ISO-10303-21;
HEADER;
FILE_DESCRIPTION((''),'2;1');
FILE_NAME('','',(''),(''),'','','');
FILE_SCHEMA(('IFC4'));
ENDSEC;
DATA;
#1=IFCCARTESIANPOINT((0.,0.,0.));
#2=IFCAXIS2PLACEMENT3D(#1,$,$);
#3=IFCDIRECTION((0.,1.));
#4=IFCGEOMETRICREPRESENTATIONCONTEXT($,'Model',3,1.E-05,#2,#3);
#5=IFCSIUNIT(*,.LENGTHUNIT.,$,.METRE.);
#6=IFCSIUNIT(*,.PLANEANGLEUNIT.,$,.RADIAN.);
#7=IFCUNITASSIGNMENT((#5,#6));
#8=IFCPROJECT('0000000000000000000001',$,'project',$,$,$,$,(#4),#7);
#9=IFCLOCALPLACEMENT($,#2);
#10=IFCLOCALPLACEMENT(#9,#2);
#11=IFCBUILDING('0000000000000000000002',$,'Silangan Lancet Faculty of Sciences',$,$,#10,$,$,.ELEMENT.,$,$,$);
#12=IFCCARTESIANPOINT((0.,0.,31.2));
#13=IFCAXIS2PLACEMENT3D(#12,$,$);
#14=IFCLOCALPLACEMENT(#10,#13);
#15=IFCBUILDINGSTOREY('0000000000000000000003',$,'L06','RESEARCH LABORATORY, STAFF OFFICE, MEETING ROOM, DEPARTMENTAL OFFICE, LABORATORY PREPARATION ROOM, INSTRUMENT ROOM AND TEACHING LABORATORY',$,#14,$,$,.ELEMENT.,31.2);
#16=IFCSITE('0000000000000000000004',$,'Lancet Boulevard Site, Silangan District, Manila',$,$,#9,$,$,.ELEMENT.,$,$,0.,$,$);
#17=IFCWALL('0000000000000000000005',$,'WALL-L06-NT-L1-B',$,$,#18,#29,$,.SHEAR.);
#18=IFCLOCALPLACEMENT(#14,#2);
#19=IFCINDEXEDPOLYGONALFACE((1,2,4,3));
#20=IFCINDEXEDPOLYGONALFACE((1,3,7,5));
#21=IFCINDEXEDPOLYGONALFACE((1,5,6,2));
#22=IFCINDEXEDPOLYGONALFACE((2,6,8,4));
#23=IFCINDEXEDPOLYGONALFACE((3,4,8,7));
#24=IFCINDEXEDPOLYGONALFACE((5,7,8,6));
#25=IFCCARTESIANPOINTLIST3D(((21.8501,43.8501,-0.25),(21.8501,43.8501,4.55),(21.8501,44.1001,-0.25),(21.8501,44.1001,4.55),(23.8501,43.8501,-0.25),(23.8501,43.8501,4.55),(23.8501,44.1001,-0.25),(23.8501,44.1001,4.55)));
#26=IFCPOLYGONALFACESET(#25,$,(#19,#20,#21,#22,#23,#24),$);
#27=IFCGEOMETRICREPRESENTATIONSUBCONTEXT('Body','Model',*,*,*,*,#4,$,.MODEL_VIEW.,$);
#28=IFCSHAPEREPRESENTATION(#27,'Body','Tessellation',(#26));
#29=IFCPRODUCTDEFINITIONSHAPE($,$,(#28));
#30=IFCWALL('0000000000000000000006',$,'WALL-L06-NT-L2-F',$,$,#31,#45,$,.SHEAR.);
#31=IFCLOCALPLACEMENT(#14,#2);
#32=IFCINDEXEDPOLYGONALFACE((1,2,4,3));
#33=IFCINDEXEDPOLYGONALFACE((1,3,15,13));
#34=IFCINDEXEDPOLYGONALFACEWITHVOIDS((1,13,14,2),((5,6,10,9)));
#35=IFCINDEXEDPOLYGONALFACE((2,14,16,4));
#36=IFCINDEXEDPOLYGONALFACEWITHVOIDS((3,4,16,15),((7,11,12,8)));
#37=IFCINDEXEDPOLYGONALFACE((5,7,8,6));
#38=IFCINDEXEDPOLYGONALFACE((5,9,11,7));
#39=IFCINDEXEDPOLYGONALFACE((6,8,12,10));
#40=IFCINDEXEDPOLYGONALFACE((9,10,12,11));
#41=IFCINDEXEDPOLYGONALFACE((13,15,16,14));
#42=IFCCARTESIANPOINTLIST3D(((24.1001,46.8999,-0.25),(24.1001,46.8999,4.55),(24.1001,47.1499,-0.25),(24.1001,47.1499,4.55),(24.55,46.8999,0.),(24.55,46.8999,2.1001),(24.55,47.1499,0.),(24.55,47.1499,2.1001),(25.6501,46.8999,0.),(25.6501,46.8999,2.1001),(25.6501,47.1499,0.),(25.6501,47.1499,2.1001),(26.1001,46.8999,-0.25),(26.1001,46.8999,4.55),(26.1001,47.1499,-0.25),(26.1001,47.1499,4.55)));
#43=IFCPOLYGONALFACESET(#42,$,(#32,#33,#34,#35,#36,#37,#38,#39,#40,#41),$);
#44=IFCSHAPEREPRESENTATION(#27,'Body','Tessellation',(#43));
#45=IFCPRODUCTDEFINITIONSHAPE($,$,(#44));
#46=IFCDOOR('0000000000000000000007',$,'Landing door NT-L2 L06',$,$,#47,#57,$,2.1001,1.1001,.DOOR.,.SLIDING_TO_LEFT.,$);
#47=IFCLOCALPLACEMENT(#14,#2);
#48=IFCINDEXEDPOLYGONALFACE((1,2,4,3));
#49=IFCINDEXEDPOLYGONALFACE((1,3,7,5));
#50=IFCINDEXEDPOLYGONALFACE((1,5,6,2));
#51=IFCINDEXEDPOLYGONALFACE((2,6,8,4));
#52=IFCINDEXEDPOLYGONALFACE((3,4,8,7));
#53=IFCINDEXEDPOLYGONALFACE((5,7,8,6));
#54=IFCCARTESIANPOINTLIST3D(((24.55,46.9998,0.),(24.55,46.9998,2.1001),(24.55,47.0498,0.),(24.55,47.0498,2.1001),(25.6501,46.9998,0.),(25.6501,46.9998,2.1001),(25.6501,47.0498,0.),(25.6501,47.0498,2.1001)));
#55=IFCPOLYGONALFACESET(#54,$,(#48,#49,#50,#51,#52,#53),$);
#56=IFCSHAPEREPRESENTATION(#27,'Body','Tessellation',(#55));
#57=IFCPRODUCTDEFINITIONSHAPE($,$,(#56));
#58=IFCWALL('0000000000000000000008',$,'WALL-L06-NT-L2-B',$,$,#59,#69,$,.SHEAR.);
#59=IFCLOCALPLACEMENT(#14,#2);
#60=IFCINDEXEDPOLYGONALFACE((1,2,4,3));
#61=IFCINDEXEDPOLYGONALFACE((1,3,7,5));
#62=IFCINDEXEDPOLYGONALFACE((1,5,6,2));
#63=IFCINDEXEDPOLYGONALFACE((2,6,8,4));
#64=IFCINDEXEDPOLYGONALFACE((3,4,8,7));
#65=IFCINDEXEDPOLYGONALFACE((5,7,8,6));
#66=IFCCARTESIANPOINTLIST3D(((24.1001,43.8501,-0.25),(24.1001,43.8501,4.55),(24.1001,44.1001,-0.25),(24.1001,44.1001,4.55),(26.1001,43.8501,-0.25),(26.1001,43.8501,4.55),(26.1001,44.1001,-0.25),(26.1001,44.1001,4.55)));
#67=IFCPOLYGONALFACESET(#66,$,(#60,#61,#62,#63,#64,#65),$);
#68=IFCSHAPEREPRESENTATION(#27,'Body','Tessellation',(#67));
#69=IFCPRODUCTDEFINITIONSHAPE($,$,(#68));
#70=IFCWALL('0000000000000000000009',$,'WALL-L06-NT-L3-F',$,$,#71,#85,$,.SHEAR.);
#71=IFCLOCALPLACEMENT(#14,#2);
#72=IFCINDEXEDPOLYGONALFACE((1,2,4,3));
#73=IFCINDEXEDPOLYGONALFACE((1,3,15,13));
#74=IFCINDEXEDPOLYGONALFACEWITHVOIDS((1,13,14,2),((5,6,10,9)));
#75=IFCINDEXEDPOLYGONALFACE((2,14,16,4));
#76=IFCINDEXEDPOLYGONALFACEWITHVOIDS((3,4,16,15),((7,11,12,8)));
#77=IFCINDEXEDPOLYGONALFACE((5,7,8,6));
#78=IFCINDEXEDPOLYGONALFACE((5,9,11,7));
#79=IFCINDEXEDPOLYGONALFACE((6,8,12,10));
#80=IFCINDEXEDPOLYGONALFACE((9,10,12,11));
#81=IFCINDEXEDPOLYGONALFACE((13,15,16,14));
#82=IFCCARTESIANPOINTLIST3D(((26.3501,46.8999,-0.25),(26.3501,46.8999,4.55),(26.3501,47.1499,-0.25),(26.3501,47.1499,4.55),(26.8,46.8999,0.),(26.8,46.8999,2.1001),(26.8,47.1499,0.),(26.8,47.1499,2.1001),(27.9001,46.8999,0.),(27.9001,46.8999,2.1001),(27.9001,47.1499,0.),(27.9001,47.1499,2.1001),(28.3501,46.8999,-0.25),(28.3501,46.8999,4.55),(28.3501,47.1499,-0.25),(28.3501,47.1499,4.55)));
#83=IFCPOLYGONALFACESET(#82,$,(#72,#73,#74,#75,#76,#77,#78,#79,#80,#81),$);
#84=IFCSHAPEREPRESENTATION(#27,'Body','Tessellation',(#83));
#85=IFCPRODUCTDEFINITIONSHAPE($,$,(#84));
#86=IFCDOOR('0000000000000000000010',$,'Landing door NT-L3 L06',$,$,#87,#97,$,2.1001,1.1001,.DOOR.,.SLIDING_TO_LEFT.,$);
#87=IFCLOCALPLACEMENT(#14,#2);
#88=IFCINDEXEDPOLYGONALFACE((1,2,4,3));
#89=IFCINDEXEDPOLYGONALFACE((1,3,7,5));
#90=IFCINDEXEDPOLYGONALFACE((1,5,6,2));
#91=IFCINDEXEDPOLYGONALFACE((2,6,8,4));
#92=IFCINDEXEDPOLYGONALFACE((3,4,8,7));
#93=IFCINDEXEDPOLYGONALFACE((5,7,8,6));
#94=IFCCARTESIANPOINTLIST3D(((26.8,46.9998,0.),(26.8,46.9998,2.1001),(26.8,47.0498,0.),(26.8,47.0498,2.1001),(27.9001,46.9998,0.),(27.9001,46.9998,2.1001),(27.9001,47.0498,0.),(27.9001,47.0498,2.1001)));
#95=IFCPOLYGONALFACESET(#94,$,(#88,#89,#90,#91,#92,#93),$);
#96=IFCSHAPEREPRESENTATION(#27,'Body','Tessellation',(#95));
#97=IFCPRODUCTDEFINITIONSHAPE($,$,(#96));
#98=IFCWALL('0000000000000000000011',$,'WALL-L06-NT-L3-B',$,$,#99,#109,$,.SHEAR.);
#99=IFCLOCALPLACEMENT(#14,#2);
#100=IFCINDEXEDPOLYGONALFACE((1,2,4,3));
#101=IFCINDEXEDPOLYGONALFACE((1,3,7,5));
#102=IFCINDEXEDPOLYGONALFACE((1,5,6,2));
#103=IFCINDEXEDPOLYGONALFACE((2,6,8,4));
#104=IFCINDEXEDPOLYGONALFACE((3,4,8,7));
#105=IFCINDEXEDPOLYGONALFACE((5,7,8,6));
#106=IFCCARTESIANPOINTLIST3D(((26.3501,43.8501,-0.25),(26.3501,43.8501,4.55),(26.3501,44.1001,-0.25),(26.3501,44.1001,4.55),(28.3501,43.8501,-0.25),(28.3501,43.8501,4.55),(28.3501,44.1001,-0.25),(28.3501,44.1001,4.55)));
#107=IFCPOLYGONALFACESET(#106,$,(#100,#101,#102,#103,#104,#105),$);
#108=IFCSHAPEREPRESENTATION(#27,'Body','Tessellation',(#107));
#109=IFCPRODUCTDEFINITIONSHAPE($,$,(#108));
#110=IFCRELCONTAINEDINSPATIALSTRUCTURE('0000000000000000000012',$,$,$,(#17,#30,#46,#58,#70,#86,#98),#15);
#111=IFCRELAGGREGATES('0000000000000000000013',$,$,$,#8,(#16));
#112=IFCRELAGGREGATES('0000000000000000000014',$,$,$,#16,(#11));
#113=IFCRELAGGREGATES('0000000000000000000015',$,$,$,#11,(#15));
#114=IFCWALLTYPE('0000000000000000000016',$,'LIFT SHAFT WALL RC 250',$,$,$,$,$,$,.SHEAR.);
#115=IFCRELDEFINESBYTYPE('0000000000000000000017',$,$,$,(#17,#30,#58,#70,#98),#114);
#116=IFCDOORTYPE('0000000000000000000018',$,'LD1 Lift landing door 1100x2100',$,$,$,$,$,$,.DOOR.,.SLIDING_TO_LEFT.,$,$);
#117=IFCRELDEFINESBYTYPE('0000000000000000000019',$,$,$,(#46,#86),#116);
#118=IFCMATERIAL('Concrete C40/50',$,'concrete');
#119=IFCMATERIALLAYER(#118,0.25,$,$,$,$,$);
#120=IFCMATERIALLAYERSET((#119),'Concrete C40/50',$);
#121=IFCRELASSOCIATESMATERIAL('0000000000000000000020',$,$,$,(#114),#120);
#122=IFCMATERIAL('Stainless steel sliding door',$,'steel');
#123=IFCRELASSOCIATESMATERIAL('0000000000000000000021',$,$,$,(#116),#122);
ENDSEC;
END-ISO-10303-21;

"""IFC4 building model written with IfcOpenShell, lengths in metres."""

from ifc_helpers import new_model, si_unit, direction, frame, frame_2d, origin, place, context, subcontext, project, spatial, rectangle, extrude, material, layer, layer_set, type_object, element, fill, save


model = new_model("IFC4")

# Units and contexts
model_context = context("Model", 3, precision=1e-05, world=origin(), true_north=direction((0.0, 1.0)))
body_context = subcontext(model_context, "Body", "Model", "MODEL_VIEW")
ifc_project = project(units=[si_unit("LENGTHUNIT", "METRE"), si_unit("PLANEANGLEUNIT", "RADIAN")], contexts=[model_context])

# Site, building, storey
site_placement = place(None, origin())
site = spatial("IfcSite", under=ifc_project, at=site_placement, Name="Lancet Boulevard Site, Silangan District, Manila", CompositionType="ELEMENT", RefElevation=0.0)
building_placement = place(site_placement, origin())
building = spatial("IfcBuilding", under=site, at=building_placement, Name="Silangan Lancet Faculty of Sciences", CompositionType="ELEMENT")
storey_placement = place(building_placement, frame((0.0, 0.0, 31.2)))
storey = spatial("IfcBuildingStorey", under=building, at=storey_placement, Name="L06", Description="RESEARCH LABORATORY, STAFF OFFICE, MEETING ROOM, DEPARTMENTAL OFFICE, LABORATORY PREPARATION ROOM, INSTRUMENT ROOM AND TEACHING LABORATORY", CompositionType="ELEMENT", Elevation=31.2)

# Shared definitions
ifc_material_1 = material(Name="Concrete C40/50", Category="concrete")
ifc_layer_1 = layer(ifc_material_1, 0.25)
ifc_layer_set_1 = layer_set([ifc_layer_1], Name="Concrete C40/50")
wall_type_1 = type_object("IfcWallType", Name="LIFT SHAFT WALL RC 250", PredefinedType="SHEAR", material=ifc_layer_set_1)

# Shared definitions
ifc_material_2 = material(Name="Stainless steel sliding door", Category="steel")
door_type_1 = type_object("IfcDoorType", Name="LD1 Lift landing door 1100x2100", OperationType="SLIDING_TO_LEFT", PredefinedType="DOOR", material=ifc_material_2)

# Wall
wall_1_placement = place(storey_placement, frame((21.8501, 43.9751, -0.25), z_axis=(0.0, 0.0, 1.0), x_axis=(1.0, 0.0, 0.0)))
element("IfcWall", 1, at=wall_1_placement, inside=storey, type_object=wall_type_1, Name="WALL-L06-NT-L1-B", PredefinedType="SHEAR", context=body_context, shape_type="SweptSolid", body=[
    extrude(rectangle(XDim=2.0, YDim=0.25, at=frame_2d((1.0, 0.0))), origin(), (0.0, 0.0, 1.0), 4.8),
])

# Wall, opening, door
wall_2_placement = place(storey_placement, frame((24.1001, 47.0249, -0.25), z_axis=(0.0, 0.0, 1.0), x_axis=(1.0, 0.0, 0.0)))
wall_2 = element("IfcWall", 2, at=wall_2_placement, inside=storey, type_object=wall_type_1, Name="WALL-L06-NT-L2-F", PredefinedType="SHEAR", context=body_context, shape_type="SweptSolid", body=[
    extrude(rectangle(XDim=2.0, YDim=0.25, at=frame_2d((1.0, 0.0))), origin(), (0.0, 0.0, 1.0), 4.8),
])
opening_1_placement = place(wall_2_placement, frame((0.45, 0.0, 0.25)))
opening_1 = element("IfcOpeningElement", 3, at=opening_1_placement, cuts=wall_2, PredefinedType="OPENING", context=body_context, shape_type="SweptSolid", body=[
    extrude(rectangle(XDim=1.1001, YDim=2.1001, at=frame_2d((0.55, 1.05))), frame((0.0, 0.135, 0.0), z_axis=(0.0, -1.0, 0.0), x_axis=(1.0, 0.0, 0.0)), (0.0, 0.0, 1.0), 0.27),
])
door_1_placement = place(opening_1_placement, origin())
door_1 = element("IfcDoor", 4, at=door_1_placement, inside=storey, type_object=door_type_1, Name="Landing door NT-L2 L06", OperationType="SLIDING_TO_LEFT", OverallHeight=2.1001, OverallWidth=1.1001, PredefinedType="DOOR", context=body_context, shape_type="SweptSolid", body=[
    extrude(rectangle(XDim=1.1001, YDim=2.1001, at=frame_2d((0.55, 1.05))), frame((0.0, 0.0249, 0.0), z_axis=(0.0, -1.0, 0.0), x_axis=(1.0, 0.0, 0.0)), (0.0, 0.0, 1.0), 0.05),
])
fill(opening_1, door_1)

# Wall
wall_3_placement = place(storey_placement, frame((24.1001, 43.9751, -0.25), z_axis=(0.0, 0.0, 1.0), x_axis=(1.0, 0.0, 0.0)))
element("IfcWall", 5, at=wall_3_placement, inside=storey, type_object=wall_type_1, Name="WALL-L06-NT-L2-B", PredefinedType="SHEAR", context=body_context, shape_type="SweptSolid", body=[
    extrude(rectangle(XDim=2.0, YDim=0.25, at=frame_2d((1.0, 0.0))), origin(), (0.0, 0.0, 1.0), 4.8),
])

# Wall, opening, door
wall_4_placement = place(storey_placement, frame((26.3501, 47.0249, -0.25), z_axis=(0.0, 0.0, 1.0), x_axis=(1.0, 0.0, 0.0)))
wall_4 = element("IfcWall", 6, at=wall_4_placement, inside=storey, type_object=wall_type_1, Name="WALL-L06-NT-L3-F", PredefinedType="SHEAR", context=body_context, shape_type="SweptSolid", body=[
    extrude(rectangle(XDim=2.0, YDim=0.25, at=frame_2d((1.0, 0.0))), origin(), (0.0, 0.0, 1.0), 4.8),
])
opening_2_placement = place(wall_4_placement, frame((0.45, 0.0, 0.25)))
opening_2 = element("IfcOpeningElement", 7, at=opening_2_placement, cuts=wall_4, PredefinedType="OPENING", context=body_context, shape_type="SweptSolid", body=[
    extrude(rectangle(XDim=1.1001, YDim=2.1001, at=frame_2d((0.55, 1.05))), frame((0.0, 0.135, 0.0), z_axis=(0.0, -1.0, 0.0), x_axis=(1.0, 0.0, 0.0)), (0.0, 0.0, 1.0), 0.27),
])
door_2_placement = place(opening_2_placement, origin())
door_2 = element("IfcDoor", 8, at=door_2_placement, inside=storey, type_object=door_type_1, Name="Landing door NT-L3 L06", OperationType="SLIDING_TO_LEFT", OverallHeight=2.1001, OverallWidth=1.1001, PredefinedType="DOOR", context=body_context, shape_type="SweptSolid", body=[
    extrude(rectangle(XDim=1.1001, YDim=2.1001, at=frame_2d((0.55, 1.05))), frame((0.0, 0.0249, 0.0), z_axis=(0.0, -1.0, 0.0), x_axis=(1.0, 0.0, 0.0)), (0.0, 0.0, 1.0), 0.05),
])
fill(opening_2, door_2)

# Wall
wall_5_placement = place(storey_placement, frame((26.3501, 43.9751, -0.25), z_axis=(0.0, 0.0, 1.0), x_axis=(1.0, 0.0, 0.0)))
element("IfcWall", 9, at=wall_5_placement, inside=storey, type_object=wall_type_1, Name="WALL-L06-NT-L3-B", PredefinedType="SHEAR", context=body_context, shape_type="SweptSolid", body=[
    extrude(rectangle(XDim=2.0, YDim=0.25, at=frame_2d((1.0, 0.0))), origin(), (0.0, 0.0, 1.0), 4.8),
])

save(model, "model.ifc")
